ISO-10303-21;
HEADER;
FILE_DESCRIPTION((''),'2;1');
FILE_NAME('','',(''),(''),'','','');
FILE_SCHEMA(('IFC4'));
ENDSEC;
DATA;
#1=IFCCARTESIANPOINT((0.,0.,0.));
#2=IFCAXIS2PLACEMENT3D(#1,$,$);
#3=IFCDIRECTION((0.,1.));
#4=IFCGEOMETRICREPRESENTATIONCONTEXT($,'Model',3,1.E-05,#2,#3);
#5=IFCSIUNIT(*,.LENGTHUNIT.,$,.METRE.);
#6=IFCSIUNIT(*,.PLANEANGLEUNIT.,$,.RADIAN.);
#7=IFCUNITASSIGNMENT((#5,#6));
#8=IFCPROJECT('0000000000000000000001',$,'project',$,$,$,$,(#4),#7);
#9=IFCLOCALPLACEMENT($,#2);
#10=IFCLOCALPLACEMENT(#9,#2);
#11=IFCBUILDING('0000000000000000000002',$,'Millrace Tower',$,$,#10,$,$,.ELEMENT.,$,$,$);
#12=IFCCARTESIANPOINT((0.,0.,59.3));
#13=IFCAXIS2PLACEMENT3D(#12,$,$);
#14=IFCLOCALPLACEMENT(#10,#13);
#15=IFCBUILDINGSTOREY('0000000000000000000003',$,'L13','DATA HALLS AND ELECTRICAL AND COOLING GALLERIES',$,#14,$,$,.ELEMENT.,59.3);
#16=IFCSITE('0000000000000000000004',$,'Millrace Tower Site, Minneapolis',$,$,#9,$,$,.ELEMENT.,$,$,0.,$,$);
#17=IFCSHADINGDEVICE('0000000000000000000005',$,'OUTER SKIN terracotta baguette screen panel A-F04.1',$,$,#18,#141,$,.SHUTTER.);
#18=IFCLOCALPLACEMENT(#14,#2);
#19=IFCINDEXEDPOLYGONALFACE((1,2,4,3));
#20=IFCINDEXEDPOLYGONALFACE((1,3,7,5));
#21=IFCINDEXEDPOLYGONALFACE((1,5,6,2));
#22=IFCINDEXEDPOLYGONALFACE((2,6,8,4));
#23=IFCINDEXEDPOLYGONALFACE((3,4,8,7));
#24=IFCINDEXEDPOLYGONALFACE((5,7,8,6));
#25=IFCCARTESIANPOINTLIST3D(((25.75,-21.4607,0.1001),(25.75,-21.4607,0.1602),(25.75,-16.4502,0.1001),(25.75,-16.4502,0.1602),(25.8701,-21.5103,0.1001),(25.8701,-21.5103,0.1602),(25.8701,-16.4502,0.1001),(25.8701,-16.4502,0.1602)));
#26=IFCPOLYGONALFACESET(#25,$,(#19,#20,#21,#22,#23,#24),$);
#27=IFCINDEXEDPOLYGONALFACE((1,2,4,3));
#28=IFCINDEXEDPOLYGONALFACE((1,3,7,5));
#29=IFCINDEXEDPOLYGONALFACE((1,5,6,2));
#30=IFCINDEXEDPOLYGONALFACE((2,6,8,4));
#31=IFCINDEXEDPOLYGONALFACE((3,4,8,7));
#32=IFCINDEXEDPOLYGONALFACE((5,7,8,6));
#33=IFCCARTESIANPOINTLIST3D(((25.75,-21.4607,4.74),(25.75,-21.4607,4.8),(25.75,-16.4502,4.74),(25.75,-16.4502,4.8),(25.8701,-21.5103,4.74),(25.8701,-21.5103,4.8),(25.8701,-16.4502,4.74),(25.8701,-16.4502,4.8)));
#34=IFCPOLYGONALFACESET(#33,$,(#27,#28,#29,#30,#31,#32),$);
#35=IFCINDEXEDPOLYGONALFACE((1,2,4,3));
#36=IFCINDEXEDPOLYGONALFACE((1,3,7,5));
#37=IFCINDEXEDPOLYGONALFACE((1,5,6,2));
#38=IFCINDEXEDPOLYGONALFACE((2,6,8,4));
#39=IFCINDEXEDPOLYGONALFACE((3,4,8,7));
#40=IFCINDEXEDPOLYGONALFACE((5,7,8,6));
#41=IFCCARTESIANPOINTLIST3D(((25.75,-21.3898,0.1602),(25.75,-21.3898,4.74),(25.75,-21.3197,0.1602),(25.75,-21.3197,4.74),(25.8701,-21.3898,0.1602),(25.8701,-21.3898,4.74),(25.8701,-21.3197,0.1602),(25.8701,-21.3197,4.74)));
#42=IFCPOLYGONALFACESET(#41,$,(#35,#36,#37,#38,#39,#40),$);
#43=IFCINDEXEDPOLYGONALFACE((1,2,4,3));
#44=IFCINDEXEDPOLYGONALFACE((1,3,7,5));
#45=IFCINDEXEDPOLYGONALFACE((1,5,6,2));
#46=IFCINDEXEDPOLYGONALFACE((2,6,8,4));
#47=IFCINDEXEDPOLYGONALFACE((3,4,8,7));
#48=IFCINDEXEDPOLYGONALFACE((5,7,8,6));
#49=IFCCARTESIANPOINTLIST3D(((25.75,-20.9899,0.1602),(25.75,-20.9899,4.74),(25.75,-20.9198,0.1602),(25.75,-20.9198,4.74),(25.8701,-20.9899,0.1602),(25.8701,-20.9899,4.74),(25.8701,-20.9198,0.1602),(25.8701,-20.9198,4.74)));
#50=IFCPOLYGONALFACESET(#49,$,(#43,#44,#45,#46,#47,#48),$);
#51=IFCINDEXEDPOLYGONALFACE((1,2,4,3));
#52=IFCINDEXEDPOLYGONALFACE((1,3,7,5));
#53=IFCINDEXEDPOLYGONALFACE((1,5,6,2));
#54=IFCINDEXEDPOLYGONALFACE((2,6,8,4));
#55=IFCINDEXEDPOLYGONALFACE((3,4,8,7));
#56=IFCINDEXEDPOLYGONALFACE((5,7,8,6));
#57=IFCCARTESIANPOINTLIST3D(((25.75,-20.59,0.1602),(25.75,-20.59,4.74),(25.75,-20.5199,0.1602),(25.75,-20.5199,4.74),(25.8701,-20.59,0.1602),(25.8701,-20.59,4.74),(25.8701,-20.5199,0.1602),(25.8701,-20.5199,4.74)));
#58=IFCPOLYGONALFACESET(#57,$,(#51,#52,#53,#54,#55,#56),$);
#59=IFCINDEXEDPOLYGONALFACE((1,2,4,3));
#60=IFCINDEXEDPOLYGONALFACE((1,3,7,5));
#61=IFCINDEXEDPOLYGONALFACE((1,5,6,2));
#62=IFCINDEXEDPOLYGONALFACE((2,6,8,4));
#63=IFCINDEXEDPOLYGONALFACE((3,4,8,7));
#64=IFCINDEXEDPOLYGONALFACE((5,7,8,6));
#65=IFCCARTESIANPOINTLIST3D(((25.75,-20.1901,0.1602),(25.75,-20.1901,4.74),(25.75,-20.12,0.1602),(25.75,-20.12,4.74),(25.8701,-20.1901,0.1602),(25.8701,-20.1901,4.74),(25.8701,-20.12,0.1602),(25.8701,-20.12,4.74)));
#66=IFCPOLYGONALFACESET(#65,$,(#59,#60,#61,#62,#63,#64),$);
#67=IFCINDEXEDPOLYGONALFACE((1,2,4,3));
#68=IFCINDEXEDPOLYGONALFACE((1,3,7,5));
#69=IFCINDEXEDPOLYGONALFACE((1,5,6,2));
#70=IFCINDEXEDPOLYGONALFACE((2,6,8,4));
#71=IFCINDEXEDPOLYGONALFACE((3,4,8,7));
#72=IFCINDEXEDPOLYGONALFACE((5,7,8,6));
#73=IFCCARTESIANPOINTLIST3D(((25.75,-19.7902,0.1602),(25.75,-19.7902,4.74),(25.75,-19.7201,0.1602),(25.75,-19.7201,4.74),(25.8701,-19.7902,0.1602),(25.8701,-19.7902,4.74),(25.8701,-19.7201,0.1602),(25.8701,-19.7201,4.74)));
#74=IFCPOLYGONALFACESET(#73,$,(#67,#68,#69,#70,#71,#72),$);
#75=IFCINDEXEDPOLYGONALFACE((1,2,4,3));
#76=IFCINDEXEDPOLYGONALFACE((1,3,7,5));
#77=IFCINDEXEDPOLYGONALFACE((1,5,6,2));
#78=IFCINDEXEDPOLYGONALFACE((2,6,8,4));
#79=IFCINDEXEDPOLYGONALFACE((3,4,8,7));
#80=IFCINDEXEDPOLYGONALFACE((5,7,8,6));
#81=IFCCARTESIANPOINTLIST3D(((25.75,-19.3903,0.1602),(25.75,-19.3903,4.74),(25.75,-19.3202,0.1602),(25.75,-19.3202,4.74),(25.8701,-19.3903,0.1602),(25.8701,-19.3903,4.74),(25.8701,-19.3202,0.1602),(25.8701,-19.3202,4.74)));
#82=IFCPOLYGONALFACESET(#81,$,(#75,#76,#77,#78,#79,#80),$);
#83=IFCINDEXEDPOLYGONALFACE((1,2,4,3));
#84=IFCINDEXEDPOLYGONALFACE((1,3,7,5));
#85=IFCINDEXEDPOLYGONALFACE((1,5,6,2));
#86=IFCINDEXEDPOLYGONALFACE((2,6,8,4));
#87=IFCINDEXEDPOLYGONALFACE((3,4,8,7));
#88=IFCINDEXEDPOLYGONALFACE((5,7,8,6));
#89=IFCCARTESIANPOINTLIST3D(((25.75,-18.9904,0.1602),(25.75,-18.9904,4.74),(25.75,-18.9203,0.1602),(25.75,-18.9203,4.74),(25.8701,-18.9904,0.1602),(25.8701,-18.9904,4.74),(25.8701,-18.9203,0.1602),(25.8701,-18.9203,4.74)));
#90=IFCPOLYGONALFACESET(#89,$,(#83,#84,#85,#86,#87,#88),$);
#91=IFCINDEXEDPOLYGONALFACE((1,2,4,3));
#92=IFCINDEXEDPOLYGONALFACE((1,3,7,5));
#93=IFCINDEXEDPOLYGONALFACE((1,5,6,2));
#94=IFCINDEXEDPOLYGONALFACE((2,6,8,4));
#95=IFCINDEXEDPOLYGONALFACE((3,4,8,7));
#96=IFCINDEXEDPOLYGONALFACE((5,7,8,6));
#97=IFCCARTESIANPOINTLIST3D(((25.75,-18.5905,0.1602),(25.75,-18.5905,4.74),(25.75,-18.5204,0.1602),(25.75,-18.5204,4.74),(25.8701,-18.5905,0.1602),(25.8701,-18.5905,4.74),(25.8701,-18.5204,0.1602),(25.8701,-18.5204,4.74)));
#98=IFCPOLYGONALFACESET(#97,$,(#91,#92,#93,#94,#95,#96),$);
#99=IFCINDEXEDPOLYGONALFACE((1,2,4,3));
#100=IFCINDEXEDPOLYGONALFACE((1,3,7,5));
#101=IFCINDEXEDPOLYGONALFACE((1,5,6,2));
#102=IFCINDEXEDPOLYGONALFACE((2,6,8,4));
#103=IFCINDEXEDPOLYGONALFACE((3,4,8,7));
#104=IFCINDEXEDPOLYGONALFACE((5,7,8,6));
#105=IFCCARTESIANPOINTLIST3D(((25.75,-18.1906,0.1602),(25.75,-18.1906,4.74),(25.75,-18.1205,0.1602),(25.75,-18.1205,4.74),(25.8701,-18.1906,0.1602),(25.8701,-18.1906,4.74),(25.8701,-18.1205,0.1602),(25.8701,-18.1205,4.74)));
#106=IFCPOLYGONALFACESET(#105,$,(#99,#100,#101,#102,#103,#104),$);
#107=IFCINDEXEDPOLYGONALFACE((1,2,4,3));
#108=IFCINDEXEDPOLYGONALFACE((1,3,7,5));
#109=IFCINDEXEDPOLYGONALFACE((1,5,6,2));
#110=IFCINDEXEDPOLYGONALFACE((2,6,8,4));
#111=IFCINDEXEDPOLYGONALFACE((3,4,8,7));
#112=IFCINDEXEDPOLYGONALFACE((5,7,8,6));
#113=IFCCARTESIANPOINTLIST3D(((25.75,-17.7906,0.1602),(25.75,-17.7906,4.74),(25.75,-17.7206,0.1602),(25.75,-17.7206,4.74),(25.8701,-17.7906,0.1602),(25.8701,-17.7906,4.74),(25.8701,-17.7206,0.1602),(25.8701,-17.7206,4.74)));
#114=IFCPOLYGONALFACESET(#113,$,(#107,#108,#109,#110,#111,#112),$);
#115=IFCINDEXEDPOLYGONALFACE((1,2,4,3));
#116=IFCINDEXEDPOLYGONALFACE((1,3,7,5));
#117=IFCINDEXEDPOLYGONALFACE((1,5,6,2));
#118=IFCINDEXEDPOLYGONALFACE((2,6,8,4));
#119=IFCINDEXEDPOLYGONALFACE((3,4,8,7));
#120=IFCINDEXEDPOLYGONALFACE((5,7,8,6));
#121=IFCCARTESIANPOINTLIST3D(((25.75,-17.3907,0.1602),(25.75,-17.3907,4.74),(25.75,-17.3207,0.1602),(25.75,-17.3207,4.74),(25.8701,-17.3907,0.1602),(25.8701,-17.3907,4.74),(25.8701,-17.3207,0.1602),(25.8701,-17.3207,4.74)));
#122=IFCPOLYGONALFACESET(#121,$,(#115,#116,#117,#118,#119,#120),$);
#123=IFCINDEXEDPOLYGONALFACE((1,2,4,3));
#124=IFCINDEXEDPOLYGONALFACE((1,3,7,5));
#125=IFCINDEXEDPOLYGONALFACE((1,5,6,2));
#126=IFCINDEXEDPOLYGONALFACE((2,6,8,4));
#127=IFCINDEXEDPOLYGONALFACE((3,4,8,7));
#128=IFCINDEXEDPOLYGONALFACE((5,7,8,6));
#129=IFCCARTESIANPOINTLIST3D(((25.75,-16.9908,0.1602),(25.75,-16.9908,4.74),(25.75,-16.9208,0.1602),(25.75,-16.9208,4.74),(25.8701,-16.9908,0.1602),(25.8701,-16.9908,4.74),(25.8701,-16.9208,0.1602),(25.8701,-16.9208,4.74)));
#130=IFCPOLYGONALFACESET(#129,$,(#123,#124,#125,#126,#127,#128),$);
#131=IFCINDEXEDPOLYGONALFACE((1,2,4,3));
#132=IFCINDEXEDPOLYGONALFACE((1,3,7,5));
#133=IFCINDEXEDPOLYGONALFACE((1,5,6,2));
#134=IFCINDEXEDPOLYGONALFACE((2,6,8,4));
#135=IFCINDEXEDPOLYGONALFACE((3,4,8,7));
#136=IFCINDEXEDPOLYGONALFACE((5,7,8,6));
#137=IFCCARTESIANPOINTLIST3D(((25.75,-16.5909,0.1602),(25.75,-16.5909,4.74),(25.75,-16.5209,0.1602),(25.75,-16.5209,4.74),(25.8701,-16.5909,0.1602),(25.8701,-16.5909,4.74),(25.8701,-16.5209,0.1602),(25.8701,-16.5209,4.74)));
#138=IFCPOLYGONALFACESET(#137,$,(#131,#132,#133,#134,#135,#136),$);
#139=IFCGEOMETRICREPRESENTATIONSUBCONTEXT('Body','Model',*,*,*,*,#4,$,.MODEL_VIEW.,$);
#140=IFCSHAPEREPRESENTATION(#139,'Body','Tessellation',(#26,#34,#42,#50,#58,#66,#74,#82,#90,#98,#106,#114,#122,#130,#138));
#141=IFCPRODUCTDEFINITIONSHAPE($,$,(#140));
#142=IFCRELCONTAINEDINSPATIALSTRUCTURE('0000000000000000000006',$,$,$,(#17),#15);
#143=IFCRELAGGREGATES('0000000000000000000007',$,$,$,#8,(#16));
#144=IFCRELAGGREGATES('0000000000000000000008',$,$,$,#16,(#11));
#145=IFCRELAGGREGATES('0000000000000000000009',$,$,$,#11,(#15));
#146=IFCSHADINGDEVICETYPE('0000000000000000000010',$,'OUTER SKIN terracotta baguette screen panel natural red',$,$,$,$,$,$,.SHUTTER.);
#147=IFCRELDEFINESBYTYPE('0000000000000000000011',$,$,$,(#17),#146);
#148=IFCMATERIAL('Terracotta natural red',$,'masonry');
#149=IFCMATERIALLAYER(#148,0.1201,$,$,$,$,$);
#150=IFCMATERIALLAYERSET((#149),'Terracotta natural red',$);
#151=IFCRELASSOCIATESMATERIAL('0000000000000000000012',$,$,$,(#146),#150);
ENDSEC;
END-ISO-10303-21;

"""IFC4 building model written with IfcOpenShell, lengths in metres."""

from ifc_helpers import new_model, entity, si_unit, direction, frame, frame_2d, origin, place, context, subcontext, project, spatial, rectangle, extrude, source, transform, mapped, material, layer, layer_set, type_object, element, save


model = new_model("IFC4")

# Units and contexts
model_context = context("Model", 3, precision=1e-05, world=origin(), true_north=direction((0.0, 1.0)))
body_context = subcontext(model_context, "Body", "Model", "MODEL_VIEW")
ifc_project = project(units=[si_unit("LENGTHUNIT", "METRE"), si_unit("PLANEANGLEUNIT", "RADIAN")], contexts=[model_context])

# Site, building, storey
site_placement = place(None, origin())
site = spatial("IfcSite", under=ifc_project, at=site_placement, Name="Millrace Tower Site, Minneapolis", CompositionType="ELEMENT", RefElevation=0.0)
building_placement = place(site_placement, origin())
building = spatial("IfcBuilding", under=site, at=building_placement, Name="Millrace Tower", CompositionType="ELEMENT")
storey_placement = place(building_placement, frame((0.0, 0.0, 59.3)))
storey = spatial("IfcBuildingStorey", under=building, at=storey_placement, Name="L13", Description="DATA HALLS AND ELECTRICAL AND COOLING GALLERIES", CompositionType="ELEMENT", Elevation=59.3)

# Shading device
ifc_material_1 = material(Name="Terracotta natural red", Category="masonry")
ifc_layer_1 = layer(ifc_material_1, 0.1201)
ifc_layer_set_1 = layer_set([ifc_layer_1], Name="Terracotta natural red")
shading_device_type_1 = type_object("IfcShadingDeviceType", Name="OUTER SKIN terracotta baguette screen panel natural red", PredefinedType="SHUTTER", material=ifc_layer_set_1)
cartesian_point_1 = entity("IfcCartesianPoint", [-2.4929, 0.0601])
shared_polyline_1 = entity("IfcPolyline", [cartesian_point_1, entity("IfcCartesianPoint", [2.5176, 0.0601]), entity("IfcCartesianPoint", [2.5176, -0.0601]), entity("IfcCartesianPoint", [-2.5425, -0.0601]), cartesian_point_1])
shared_shape_1 = source(origin(), body_context, "Body", "SweptSolid", [
    entity("IfcExtrudedAreaSolid", entity("IfcArbitraryClosedProfileDef", "AREA", None, shared_polyline_1), entity("IfcAxis2Placement3D", entity("IfcCartesianPoint", [0.0, 0.0, 0.0])), entity("IfcDirection", [0.0, 0.0, 1.0]), 0.0601),
    entity("IfcExtrudedAreaSolid", entity("IfcArbitraryClosedProfileDef", "AREA", None, shared_polyline_1), entity("IfcAxis2Placement3D", entity("IfcCartesianPoint", [0.0, 0.0, 4.6399])), entity("IfcDirection", [0.0, 0.0, 1.0]), 0.0601),
    extrude(rectangle(XDim=0.0701, YDim=0.1201, at=frame_2d((-2.387, 0.0))), frame((0.0, 0.0, 0.0601)), (0.0, 0.0, 1.0), 4.5798),
    extrude(rectangle(XDim=0.0701, YDim=0.1201, at=frame_2d((-1.9871, 0.0))), frame((0.0, 0.0, 0.0601)), (0.0, 0.0, 1.0), 4.5798),
    extrude(rectangle(XDim=0.0701, YDim=0.1201, at=frame_2d((-1.5872, 0.0))), frame((0.0, 0.0, 0.0601)), (0.0, 0.0, 1.0), 4.5798),
    extrude(rectangle(XDim=0.0701, YDim=0.1201, at=frame_2d((-1.1873, 0.0))), frame((0.0, 0.0, 0.0601)), (0.0, 0.0, 1.0), 4.5798),
    extrude(rectangle(XDim=0.0701, YDim=0.1201, at=frame_2d((-0.7874, 0.0))), frame((0.0, 0.0, 0.0601)), (0.0, 0.0, 1.0), 4.5798),
    extrude(rectangle(XDim=0.0701, YDim=0.1201, at=frame_2d((-0.3875, 0.0))), frame((0.0, 0.0, 0.0601)), (0.0, 0.0, 1.0), 4.5798),
    extrude(rectangle(XDim=0.0701, YDim=0.1201, at=frame_2d((0.0125, 0.0))), frame((0.0, 0.0, 0.0601)), (0.0, 0.0, 1.0), 4.5798),
    extrude(rectangle(XDim=0.0701, YDim=0.1201, at=frame_2d((0.4124, 0.0))), frame((0.0, 0.0, 0.0601)), (0.0, 0.0, 1.0), 4.5798),
    extrude(rectangle(XDim=0.0701, YDim=0.1201, at=frame_2d((0.8123, 0.0))), frame((0.0, 0.0, 0.0601)), (0.0, 0.0, 1.0), 4.5798),
    extrude(rectangle(XDim=0.0701, YDim=0.1201, at=frame_2d((1.2122, 0.0))), frame((0.0, 0.0, 0.0601)), (0.0, 0.0, 1.0), 4.5798),
    extrude(rectangle(XDim=0.0701, YDim=0.1201, at=frame_2d((1.6121, 0.0))), frame((0.0, 0.0, 0.0601)), (0.0, 0.0, 1.0), 4.5798),
    extrude(rectangle(XDim=0.0701, YDim=0.1201, at=frame_2d((2.012, 0.0))), frame((0.0, 0.0, 0.0601)), (0.0, 0.0, 1.0), 4.5798),
    extrude(rectangle(XDim=0.0701, YDim=0.1201, at=frame_2d((2.4119, 0.0))), frame((0.0, 0.0, 0.0601)), (0.0, 0.0, 1.0), 4.5798),
])
shading_device_1_placement = place(storey_placement, frame((25.8101, -18.9678, 0.1001), z_axis=(0.0, 0.0, 1.0), x_axis=(0.0, 1.0, 0.0)))
element("IfcShadingDevice", 1, at=shading_device_1_placement, inside=storey, type_object=shading_device_type_1, Name="OUTER SKIN terracotta baguette screen panel A-F04.1", PredefinedType="SHUTTER", context=body_context, shape_type="MappedRepresentation", body=[
    mapped(shared_shape_1, transform((0.0, 0.0, 0.0), scale=1.0)),
])

save(model, "model.ifc")
